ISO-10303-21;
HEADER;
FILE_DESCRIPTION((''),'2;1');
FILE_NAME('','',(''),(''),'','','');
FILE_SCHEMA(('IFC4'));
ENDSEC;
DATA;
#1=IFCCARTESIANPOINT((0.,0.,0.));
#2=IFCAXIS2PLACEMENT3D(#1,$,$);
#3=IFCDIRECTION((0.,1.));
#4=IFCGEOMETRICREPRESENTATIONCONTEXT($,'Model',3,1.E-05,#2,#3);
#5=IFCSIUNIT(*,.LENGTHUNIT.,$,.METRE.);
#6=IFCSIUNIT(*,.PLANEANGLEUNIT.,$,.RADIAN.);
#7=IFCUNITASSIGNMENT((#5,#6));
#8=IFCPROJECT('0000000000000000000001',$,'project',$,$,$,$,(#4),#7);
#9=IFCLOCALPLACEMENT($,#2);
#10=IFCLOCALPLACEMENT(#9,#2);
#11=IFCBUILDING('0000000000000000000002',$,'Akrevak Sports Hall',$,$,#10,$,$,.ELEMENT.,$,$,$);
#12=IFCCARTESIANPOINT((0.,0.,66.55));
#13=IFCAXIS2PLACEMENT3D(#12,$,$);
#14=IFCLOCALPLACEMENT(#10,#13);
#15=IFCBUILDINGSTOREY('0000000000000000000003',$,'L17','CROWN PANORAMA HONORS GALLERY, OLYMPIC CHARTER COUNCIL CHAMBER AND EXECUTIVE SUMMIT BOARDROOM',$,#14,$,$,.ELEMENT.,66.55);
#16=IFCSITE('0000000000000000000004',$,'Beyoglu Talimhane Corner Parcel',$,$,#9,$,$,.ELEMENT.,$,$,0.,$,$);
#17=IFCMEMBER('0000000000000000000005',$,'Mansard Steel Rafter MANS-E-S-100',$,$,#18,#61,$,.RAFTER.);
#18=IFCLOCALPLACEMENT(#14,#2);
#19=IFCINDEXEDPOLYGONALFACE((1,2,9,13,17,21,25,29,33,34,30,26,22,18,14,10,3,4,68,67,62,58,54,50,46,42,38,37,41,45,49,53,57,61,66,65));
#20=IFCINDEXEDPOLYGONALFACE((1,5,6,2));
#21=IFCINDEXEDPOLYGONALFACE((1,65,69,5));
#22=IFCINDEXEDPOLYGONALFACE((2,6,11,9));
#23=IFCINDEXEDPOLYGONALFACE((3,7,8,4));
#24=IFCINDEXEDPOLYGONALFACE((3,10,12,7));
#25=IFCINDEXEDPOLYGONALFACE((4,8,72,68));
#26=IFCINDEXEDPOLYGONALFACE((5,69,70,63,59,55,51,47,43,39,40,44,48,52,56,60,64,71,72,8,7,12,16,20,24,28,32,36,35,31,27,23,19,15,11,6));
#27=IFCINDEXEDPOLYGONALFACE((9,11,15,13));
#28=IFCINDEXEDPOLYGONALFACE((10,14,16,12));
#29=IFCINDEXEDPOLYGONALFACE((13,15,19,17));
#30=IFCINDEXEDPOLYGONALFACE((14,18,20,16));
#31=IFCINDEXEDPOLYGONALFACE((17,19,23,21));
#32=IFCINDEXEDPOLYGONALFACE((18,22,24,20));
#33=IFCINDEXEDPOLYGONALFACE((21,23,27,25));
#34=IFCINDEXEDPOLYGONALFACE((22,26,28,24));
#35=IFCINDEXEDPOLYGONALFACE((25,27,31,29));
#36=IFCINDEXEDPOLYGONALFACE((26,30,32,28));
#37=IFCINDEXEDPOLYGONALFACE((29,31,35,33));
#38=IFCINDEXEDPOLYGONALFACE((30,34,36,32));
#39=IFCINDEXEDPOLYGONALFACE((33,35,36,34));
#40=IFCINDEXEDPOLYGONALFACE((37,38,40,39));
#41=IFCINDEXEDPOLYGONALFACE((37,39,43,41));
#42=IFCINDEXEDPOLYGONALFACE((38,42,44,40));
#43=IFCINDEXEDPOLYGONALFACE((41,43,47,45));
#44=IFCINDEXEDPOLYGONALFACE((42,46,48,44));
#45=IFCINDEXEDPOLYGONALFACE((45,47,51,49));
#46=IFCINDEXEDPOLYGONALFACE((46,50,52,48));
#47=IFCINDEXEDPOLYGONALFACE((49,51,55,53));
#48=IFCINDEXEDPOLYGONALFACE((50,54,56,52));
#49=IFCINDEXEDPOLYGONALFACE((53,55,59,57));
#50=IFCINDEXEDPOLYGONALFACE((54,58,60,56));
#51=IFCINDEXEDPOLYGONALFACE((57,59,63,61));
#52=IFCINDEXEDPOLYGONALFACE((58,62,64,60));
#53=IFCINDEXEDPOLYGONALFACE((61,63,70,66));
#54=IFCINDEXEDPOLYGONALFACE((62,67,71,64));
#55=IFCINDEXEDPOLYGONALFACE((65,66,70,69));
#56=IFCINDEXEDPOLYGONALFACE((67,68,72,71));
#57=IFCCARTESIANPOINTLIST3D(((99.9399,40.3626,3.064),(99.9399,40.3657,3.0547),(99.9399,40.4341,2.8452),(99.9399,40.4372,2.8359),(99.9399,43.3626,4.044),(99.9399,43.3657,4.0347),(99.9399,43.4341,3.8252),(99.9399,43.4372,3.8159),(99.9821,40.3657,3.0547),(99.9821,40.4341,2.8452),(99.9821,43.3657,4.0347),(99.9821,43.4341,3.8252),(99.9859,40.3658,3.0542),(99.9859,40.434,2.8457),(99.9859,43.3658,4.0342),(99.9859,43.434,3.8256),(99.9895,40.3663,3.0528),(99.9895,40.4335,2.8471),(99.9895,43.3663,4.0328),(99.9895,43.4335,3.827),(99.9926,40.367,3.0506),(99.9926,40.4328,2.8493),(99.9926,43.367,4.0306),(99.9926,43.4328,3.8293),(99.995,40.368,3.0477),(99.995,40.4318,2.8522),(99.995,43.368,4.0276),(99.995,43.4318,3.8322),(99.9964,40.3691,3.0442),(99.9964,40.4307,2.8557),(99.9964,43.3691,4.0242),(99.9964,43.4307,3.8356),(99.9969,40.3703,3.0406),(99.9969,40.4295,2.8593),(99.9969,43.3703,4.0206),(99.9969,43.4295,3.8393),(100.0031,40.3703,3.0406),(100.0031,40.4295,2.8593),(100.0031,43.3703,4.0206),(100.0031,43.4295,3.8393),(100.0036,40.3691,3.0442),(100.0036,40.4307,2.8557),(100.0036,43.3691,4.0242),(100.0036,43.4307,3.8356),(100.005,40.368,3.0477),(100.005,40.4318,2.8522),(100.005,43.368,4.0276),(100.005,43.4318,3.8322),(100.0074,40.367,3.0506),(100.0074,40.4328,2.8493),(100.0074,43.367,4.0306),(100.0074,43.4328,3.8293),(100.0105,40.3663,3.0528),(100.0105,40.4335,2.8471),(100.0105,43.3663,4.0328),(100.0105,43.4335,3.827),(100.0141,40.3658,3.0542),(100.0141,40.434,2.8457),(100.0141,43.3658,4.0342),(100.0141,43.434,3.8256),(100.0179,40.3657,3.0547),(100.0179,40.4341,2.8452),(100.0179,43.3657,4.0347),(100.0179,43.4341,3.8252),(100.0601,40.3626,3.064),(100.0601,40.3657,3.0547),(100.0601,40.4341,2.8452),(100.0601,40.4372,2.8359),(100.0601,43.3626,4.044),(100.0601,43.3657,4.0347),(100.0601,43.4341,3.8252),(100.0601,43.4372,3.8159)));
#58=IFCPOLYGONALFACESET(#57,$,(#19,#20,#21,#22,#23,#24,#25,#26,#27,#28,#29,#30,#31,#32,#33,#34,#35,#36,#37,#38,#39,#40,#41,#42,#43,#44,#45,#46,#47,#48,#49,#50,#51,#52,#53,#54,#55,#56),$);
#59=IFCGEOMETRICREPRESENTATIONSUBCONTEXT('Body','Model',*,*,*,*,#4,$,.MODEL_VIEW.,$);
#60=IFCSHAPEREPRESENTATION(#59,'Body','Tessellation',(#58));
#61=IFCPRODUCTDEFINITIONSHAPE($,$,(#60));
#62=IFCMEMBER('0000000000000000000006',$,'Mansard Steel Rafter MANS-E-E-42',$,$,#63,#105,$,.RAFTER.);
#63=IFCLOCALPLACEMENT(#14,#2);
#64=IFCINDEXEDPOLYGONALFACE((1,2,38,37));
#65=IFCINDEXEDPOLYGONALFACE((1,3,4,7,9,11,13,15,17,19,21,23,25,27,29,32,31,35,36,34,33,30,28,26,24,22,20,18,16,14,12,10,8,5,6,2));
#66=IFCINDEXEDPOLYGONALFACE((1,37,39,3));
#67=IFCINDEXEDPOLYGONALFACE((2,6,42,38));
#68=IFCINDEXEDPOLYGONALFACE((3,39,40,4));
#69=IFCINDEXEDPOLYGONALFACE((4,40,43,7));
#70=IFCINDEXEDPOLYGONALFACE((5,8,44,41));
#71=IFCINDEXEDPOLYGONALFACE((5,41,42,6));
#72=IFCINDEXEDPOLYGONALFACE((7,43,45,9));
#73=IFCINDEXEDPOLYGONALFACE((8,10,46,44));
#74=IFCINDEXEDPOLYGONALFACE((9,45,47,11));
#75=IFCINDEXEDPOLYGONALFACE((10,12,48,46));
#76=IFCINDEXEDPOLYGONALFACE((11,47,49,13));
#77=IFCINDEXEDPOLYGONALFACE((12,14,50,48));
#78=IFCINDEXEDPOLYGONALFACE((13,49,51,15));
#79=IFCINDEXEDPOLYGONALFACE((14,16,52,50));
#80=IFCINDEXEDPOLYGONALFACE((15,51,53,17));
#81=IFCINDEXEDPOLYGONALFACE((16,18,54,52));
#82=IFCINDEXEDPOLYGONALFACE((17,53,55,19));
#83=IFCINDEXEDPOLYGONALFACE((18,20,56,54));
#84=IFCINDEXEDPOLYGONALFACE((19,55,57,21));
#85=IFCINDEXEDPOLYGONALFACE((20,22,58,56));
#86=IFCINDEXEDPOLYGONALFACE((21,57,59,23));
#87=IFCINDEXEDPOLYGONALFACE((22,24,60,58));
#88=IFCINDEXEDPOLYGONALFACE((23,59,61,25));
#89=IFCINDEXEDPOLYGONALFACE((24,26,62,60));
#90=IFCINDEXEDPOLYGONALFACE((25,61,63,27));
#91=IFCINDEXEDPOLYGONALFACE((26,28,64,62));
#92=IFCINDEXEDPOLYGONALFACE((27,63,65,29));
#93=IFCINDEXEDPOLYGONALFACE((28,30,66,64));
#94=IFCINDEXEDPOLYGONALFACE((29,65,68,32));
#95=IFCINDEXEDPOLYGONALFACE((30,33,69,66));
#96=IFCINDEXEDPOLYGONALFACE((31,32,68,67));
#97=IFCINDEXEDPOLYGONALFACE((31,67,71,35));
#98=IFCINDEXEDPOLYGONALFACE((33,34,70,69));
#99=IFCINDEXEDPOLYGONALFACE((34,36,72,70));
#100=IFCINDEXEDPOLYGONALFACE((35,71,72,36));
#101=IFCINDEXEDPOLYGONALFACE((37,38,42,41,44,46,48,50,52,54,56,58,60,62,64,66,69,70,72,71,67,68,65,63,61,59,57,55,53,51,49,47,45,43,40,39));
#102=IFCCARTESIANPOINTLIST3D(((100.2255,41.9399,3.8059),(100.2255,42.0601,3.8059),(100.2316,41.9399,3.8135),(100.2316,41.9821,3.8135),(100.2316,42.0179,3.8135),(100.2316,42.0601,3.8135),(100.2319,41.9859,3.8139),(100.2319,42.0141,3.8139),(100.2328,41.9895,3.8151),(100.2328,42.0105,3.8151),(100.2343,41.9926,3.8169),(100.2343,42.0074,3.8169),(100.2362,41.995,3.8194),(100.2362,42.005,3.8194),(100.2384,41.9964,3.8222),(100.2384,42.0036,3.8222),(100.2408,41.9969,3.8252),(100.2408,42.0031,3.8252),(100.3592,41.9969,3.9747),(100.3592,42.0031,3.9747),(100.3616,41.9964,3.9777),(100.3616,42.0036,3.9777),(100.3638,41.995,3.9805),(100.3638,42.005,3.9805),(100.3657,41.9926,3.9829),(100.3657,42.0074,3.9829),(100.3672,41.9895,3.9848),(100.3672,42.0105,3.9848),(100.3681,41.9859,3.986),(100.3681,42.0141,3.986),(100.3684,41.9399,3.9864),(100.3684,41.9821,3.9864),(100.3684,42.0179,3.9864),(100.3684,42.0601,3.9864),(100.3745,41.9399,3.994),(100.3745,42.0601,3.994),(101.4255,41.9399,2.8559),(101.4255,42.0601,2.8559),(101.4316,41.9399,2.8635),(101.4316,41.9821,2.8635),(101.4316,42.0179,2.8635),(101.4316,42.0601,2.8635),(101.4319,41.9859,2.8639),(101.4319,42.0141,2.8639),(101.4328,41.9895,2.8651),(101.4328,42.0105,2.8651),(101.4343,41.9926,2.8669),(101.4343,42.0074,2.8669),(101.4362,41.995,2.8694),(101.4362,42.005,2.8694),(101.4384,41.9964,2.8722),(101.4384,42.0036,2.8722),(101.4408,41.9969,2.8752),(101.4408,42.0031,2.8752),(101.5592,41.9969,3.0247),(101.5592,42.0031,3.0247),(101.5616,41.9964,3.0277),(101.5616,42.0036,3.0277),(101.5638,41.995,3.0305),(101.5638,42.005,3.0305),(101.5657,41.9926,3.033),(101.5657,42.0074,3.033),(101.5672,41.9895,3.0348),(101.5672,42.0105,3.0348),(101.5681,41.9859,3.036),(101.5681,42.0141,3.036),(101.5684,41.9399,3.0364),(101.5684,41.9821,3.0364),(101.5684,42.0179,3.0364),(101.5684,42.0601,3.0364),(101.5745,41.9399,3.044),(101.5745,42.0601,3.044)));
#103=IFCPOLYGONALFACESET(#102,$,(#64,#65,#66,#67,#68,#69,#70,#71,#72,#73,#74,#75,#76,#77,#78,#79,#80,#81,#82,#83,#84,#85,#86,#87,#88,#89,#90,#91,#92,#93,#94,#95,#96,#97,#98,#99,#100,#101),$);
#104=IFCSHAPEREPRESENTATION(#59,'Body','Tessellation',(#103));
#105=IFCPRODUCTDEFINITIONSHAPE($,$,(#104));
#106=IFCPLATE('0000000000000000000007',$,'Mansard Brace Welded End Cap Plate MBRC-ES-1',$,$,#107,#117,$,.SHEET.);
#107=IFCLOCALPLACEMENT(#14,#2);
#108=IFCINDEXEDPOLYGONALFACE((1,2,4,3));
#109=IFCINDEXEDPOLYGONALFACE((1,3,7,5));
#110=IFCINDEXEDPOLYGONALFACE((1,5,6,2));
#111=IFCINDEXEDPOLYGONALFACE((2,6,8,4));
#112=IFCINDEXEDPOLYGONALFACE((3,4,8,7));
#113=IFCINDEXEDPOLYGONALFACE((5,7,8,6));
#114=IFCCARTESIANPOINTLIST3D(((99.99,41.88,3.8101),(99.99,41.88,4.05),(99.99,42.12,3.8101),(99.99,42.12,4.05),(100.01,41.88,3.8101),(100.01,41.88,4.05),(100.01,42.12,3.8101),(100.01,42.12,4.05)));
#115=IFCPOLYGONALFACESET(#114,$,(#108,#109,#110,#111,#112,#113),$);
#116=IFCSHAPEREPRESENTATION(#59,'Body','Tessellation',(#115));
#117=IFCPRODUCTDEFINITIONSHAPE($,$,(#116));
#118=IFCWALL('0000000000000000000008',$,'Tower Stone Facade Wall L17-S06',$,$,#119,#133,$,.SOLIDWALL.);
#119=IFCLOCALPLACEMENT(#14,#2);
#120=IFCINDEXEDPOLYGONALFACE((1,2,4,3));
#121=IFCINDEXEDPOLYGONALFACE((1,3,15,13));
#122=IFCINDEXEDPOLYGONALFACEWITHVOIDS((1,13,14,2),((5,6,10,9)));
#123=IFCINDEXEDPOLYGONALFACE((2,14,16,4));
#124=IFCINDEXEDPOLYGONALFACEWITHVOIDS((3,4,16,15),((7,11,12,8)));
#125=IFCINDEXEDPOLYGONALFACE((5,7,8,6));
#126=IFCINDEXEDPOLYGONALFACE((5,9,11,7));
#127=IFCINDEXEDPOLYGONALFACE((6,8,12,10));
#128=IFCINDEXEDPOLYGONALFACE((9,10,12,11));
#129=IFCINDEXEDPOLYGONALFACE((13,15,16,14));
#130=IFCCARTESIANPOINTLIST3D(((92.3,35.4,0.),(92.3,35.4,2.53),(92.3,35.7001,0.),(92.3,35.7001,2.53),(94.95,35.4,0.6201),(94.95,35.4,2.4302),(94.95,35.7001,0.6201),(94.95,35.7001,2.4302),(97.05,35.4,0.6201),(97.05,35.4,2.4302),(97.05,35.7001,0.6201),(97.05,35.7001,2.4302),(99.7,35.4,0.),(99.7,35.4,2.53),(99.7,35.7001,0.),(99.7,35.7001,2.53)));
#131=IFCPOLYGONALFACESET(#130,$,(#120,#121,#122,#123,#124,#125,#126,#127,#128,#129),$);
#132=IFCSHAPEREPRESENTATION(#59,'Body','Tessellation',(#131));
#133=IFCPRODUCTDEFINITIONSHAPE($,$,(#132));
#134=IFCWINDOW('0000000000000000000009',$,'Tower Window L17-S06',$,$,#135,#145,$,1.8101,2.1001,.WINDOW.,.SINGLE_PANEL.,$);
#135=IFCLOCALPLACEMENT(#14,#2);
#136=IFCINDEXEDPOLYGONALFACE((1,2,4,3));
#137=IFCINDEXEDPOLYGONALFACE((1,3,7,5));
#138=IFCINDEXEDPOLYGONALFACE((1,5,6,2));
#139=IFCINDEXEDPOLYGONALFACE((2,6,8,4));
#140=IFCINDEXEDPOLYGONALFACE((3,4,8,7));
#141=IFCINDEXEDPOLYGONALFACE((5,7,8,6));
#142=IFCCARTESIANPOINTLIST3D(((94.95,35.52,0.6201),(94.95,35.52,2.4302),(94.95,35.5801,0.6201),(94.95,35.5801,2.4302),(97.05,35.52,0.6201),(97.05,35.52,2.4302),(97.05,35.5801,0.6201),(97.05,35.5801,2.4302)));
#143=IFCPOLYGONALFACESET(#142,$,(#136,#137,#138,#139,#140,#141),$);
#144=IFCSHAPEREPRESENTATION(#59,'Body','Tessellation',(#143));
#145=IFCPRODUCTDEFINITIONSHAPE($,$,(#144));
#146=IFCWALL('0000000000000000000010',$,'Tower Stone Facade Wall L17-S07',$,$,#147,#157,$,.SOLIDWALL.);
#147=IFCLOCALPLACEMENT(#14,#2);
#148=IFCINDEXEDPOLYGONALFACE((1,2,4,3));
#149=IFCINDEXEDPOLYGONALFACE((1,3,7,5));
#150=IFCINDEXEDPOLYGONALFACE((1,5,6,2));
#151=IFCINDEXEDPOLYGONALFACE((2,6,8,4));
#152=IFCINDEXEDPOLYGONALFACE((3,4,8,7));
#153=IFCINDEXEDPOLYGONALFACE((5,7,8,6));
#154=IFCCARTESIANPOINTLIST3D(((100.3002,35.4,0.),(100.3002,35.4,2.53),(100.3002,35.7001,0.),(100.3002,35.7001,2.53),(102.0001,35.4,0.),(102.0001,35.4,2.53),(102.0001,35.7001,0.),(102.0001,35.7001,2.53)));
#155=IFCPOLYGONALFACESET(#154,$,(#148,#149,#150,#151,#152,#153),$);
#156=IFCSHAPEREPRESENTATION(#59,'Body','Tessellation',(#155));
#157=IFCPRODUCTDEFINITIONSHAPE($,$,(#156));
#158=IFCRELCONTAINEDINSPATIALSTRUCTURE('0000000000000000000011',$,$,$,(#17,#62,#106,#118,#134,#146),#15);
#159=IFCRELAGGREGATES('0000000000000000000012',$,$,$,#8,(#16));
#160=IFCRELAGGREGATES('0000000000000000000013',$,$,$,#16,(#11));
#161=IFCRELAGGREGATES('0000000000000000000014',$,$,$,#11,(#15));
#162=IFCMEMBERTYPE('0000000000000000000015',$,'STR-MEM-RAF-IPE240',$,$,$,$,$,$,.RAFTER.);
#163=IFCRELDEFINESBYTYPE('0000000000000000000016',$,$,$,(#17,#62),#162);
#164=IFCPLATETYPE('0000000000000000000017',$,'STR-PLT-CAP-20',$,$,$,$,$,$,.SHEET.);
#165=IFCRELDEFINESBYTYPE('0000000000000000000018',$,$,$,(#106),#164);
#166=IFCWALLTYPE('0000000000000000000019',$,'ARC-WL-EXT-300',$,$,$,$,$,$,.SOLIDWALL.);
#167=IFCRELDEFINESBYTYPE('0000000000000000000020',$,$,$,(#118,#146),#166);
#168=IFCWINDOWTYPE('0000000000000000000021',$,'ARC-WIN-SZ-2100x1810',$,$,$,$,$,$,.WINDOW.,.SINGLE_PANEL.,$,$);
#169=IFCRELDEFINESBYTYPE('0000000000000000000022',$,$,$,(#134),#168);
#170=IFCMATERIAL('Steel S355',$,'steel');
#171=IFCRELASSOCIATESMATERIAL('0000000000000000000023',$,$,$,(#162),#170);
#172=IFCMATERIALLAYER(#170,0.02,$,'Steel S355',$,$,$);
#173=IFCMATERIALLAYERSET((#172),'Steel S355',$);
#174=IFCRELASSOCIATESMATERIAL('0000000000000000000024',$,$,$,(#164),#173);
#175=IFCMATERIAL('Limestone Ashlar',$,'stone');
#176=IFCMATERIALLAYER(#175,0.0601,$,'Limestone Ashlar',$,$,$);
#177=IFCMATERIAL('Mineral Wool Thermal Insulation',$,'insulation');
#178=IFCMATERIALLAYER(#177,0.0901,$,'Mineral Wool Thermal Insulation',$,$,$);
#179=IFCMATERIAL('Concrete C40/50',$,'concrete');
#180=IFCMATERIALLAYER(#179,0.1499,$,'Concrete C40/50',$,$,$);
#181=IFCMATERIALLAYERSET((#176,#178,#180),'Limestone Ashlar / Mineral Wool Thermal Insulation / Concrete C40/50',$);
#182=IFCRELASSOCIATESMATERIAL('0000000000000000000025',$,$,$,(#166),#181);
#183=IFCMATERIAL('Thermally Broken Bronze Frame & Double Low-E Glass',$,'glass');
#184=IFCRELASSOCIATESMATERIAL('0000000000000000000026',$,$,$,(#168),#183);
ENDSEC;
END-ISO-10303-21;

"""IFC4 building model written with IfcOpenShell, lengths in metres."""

from ifc_helpers import new_model, si_unit, direction, frame, frame_2d, origin, origin_2d, place, context, subcontext, project, spatial, rectangle, i_section, extrude, material, layer, layer_set, material_profile, profile_set, type_object, element, fill, save


model = new_model("IFC4")

# Units and contexts
model_context = context("Model", 3, precision=1e-05, world=origin(), true_north=direction((0.0, 1.0)))
body_context = subcontext(model_context, "Body", "Model", "MODEL_VIEW")
ifc_project = project(units=[si_unit("LENGTHUNIT", "METRE"), si_unit("PLANEANGLEUNIT", "RADIAN")], contexts=[model_context])

# Site, building, storey
site_placement = place(None, origin())
site = spatial("IfcSite", under=ifc_project, at=site_placement, Name="Beyoglu Talimhane Corner Parcel", CompositionType="ELEMENT", RefElevation=0.0)
building_placement = place(site_placement, origin())
building = spatial("IfcBuilding", under=site, at=building_placement, Name="Akrevak Sports Hall", CompositionType="ELEMENT")
storey_placement = place(building_placement, frame((0.0, 0.0, 66.55)))
storey = spatial("IfcBuildingStorey", under=building, at=storey_placement, Name="L17", Description="CROWN PANORAMA HONORS GALLERY, OLYMPIC CHARTER COUNCIL CHAMBER AND EXECUTIVE SUMMIT BOARDROOM", CompositionType="ELEMENT", Elevation=66.55)

# Shared definitions
ifc_material_1 = material(Name="Concrete C40/50", Category="concrete")

# Members
ifc_material_2 = material(Name="Steel S355", Category="steel")
ifc_material_profile_1 = material_profile(ifc_material_2, i_section(OverallWidth=0.1201, OverallDepth=0.24, WebThickness=0.0061, FlangeThickness=0.0098, FilletRadius=0.0149, at=origin_2d()), Name="IPE 240", Category="steel")
ifc_profile_set_1 = profile_set([ifc_material_profile_1], Name="Steel S355")
member_type_1 = type_object("IfcMemberType", Name="STR-MEM-RAF-IPE240", PredefinedType="RAFTER", material=ifc_profile_set_1)
member_1_placement = place(storey_placement, frame((100.0, 40.3999, 2.95), z_axis=(0.0, 0.950569, 0.310513), x_axis=(-1.0, 0.0, 0.0)))
element("IfcMember", 1, at=member_1_placement, inside=storey, type_object=member_type_1, Name="Mansard Steel Rafter MANS-E-S-100", PredefinedType="RAFTER", context=body_context, shape_type="SweptSolid", body=[
    extrude(i_section(OverallWidth=0.1201, OverallDepth=0.24, WebThickness=0.0061, FlangeThickness=0.0098, FilletRadius=0.0149, at=origin_2d()), origin(), (0.0, 0.0, 1.0), 3.156),
])
member_2_placement = place(storey_placement, frame((101.5, 42.0, 2.95), z_axis=(-0.784049, 0.0, 0.620699), x_axis=(0.0, -1.0, 0.0)))
element("IfcMember", 2, at=member_2_placement, inside=storey, type_object=member_type_1, Name="Mansard Steel Rafter MANS-E-E-42", PredefinedType="RAFTER", context=body_context, shape_type="SweptSolid", body=[
    extrude(i_section(OverallWidth=0.1201, OverallDepth=0.24, WebThickness=0.0061, FlangeThickness=0.0098, FilletRadius=0.0149, at=origin_2d()), origin(), (0.0, 0.0, 1.0), 1.5305),
])

# Plate
ifc_layer_1 = layer(ifc_material_2, 0.02, Name="Steel S355")
ifc_layer_set_1 = layer_set([ifc_layer_1], Name="Steel S355")
plate_type = type_object("IfcPlateType", Name="STR-PLT-CAP-20", PredefinedType="SHEET", material=ifc_layer_set_1)
plate_placement = place(storey_placement, frame((100.0, 42.0, 3.8101), z_axis=(0.0, 0.0, 1.0), x_axis=(1.0, 0.0, 0.0)))
element("IfcPlate", 3, at=plate_placement, inside=storey, type_object=plate_type, Name="Mansard Brace Welded End Cap Plate MBRC-ES-1", PredefinedType="SHEET", context=body_context, shape_type="SweptSolid", body=[
    extrude(rectangle(XDim=0.02, YDim=0.24, at=origin_2d()), origin(), (0.0, 0.0, 1.0), 0.24),
])

# Wall, opening, window
ifc_material_3 = material(Name="Limestone Ashlar", Category="stone")
ifc_layer_2 = layer(ifc_material_3, 0.0601, Name="Limestone Ashlar")
ifc_material_4 = material(Name="Mineral Wool Thermal Insulation", Category="insulation")
ifc_layer_3 = layer(ifc_material_4, 0.0901, Name="Mineral Wool Thermal Insulation")
ifc_layer_4 = layer(ifc_material_1, 0.1499, Name="Concrete C40/50")
ifc_layer_set_2 = layer_set([ifc_layer_2, ifc_layer_3, ifc_layer_4], Name="Limestone Ashlar / Mineral Wool Thermal Insulation / Concrete C40/50")
wall_type_1 = type_object("IfcWallType", Name="ARC-WL-EXT-300", PredefinedType="SOLIDWALL", material=ifc_layer_set_2)
wall_1_placement = place(storey_placement, frame((92.3, 35.55, 0.0), z_axis=(0.0, 0.0, 1.0), x_axis=(1.0, 0.0, 0.0)))
wall_1 = element("IfcWall", 4, at=wall_1_placement, inside=storey, type_object=wall_type_1, Name="Tower Stone Facade Wall L17-S06", PredefinedType="SOLIDWALL", context=body_context, shape_type="SweptSolid", body=[
    extrude(rectangle(XDim=7.3999, YDim=0.3, at=frame_2d((3.7, 0.0))), origin(), (0.0, 0.0, 1.0), 2.53),
])
opening_1_placement = place(wall_1_placement, frame((2.6499, 0.0, 0.6201)))
opening_1 = element("IfcOpeningElement", 5, at=opening_1_placement, cuts=wall_1, PredefinedType="OPENING", context=body_context, shape_type="SweptSolid", body=[
    extrude(rectangle(XDim=2.1001, YDim=1.8101, at=frame_2d((1.05, 0.905))), frame((0.0, 0.1621, 0.0), z_axis=(0.0, -1.0, 0.0), x_axis=(1.0, 0.0, 0.0)), (0.0, 0.0, 1.0), 0.324),
])
ifc_material_5 = material(Name="Thermally Broken Bronze Frame & Double Low-E Glass", Category="glass")
window_type_1 = type_object("IfcWindowType", Name="ARC-WIN-SZ-2100x1810", PartitioningType="SINGLE_PANEL", PredefinedType="WINDOW", material=ifc_material_5)
window_1_placement = place(opening_1_placement, origin())
window_1 = element("IfcWindow", 6, at=window_1_placement, inside=storey, type_object=window_type_1, Name="Tower Window L17-S06", OverallHeight=1.8101, OverallWidth=2.1001, PartitioningType="SINGLE_PANEL", PredefinedType="WINDOW", context=body_context, shape_type="SweptSolid", body=[
    extrude(rectangle(XDim=2.1001, YDim=1.8101, at=frame_2d((1.05, 0.905))), frame((0.0, 0.03, 0.0), z_axis=(0.0, -1.0, 0.0), x_axis=(1.0, 0.0, 0.0)), (0.0, 0.0, 1.0), 0.0601),
])
fill(opening_1, window_1)

# Wall
wall_2_placement = place(storey_placement, frame((100.3, 35.55, 0.0), z_axis=(0.0, 0.0, 1.0), x_axis=(1.0, 0.0, 0.0)))
element("IfcWall", 7, at=wall_2_placement, inside=storey, type_object=wall_type_1, Name="Tower Stone Facade Wall L17-S07", PredefinedType="SOLIDWALL", context=body_context, shape_type="SweptSolid", body=[
    extrude(rectangle(XDim=1.7, YDim=0.3, at=frame_2d((0.8501, 0.0))), origin(), (0.0, 0.0, 1.0), 2.53),
])

save(model, "model.ifc")
